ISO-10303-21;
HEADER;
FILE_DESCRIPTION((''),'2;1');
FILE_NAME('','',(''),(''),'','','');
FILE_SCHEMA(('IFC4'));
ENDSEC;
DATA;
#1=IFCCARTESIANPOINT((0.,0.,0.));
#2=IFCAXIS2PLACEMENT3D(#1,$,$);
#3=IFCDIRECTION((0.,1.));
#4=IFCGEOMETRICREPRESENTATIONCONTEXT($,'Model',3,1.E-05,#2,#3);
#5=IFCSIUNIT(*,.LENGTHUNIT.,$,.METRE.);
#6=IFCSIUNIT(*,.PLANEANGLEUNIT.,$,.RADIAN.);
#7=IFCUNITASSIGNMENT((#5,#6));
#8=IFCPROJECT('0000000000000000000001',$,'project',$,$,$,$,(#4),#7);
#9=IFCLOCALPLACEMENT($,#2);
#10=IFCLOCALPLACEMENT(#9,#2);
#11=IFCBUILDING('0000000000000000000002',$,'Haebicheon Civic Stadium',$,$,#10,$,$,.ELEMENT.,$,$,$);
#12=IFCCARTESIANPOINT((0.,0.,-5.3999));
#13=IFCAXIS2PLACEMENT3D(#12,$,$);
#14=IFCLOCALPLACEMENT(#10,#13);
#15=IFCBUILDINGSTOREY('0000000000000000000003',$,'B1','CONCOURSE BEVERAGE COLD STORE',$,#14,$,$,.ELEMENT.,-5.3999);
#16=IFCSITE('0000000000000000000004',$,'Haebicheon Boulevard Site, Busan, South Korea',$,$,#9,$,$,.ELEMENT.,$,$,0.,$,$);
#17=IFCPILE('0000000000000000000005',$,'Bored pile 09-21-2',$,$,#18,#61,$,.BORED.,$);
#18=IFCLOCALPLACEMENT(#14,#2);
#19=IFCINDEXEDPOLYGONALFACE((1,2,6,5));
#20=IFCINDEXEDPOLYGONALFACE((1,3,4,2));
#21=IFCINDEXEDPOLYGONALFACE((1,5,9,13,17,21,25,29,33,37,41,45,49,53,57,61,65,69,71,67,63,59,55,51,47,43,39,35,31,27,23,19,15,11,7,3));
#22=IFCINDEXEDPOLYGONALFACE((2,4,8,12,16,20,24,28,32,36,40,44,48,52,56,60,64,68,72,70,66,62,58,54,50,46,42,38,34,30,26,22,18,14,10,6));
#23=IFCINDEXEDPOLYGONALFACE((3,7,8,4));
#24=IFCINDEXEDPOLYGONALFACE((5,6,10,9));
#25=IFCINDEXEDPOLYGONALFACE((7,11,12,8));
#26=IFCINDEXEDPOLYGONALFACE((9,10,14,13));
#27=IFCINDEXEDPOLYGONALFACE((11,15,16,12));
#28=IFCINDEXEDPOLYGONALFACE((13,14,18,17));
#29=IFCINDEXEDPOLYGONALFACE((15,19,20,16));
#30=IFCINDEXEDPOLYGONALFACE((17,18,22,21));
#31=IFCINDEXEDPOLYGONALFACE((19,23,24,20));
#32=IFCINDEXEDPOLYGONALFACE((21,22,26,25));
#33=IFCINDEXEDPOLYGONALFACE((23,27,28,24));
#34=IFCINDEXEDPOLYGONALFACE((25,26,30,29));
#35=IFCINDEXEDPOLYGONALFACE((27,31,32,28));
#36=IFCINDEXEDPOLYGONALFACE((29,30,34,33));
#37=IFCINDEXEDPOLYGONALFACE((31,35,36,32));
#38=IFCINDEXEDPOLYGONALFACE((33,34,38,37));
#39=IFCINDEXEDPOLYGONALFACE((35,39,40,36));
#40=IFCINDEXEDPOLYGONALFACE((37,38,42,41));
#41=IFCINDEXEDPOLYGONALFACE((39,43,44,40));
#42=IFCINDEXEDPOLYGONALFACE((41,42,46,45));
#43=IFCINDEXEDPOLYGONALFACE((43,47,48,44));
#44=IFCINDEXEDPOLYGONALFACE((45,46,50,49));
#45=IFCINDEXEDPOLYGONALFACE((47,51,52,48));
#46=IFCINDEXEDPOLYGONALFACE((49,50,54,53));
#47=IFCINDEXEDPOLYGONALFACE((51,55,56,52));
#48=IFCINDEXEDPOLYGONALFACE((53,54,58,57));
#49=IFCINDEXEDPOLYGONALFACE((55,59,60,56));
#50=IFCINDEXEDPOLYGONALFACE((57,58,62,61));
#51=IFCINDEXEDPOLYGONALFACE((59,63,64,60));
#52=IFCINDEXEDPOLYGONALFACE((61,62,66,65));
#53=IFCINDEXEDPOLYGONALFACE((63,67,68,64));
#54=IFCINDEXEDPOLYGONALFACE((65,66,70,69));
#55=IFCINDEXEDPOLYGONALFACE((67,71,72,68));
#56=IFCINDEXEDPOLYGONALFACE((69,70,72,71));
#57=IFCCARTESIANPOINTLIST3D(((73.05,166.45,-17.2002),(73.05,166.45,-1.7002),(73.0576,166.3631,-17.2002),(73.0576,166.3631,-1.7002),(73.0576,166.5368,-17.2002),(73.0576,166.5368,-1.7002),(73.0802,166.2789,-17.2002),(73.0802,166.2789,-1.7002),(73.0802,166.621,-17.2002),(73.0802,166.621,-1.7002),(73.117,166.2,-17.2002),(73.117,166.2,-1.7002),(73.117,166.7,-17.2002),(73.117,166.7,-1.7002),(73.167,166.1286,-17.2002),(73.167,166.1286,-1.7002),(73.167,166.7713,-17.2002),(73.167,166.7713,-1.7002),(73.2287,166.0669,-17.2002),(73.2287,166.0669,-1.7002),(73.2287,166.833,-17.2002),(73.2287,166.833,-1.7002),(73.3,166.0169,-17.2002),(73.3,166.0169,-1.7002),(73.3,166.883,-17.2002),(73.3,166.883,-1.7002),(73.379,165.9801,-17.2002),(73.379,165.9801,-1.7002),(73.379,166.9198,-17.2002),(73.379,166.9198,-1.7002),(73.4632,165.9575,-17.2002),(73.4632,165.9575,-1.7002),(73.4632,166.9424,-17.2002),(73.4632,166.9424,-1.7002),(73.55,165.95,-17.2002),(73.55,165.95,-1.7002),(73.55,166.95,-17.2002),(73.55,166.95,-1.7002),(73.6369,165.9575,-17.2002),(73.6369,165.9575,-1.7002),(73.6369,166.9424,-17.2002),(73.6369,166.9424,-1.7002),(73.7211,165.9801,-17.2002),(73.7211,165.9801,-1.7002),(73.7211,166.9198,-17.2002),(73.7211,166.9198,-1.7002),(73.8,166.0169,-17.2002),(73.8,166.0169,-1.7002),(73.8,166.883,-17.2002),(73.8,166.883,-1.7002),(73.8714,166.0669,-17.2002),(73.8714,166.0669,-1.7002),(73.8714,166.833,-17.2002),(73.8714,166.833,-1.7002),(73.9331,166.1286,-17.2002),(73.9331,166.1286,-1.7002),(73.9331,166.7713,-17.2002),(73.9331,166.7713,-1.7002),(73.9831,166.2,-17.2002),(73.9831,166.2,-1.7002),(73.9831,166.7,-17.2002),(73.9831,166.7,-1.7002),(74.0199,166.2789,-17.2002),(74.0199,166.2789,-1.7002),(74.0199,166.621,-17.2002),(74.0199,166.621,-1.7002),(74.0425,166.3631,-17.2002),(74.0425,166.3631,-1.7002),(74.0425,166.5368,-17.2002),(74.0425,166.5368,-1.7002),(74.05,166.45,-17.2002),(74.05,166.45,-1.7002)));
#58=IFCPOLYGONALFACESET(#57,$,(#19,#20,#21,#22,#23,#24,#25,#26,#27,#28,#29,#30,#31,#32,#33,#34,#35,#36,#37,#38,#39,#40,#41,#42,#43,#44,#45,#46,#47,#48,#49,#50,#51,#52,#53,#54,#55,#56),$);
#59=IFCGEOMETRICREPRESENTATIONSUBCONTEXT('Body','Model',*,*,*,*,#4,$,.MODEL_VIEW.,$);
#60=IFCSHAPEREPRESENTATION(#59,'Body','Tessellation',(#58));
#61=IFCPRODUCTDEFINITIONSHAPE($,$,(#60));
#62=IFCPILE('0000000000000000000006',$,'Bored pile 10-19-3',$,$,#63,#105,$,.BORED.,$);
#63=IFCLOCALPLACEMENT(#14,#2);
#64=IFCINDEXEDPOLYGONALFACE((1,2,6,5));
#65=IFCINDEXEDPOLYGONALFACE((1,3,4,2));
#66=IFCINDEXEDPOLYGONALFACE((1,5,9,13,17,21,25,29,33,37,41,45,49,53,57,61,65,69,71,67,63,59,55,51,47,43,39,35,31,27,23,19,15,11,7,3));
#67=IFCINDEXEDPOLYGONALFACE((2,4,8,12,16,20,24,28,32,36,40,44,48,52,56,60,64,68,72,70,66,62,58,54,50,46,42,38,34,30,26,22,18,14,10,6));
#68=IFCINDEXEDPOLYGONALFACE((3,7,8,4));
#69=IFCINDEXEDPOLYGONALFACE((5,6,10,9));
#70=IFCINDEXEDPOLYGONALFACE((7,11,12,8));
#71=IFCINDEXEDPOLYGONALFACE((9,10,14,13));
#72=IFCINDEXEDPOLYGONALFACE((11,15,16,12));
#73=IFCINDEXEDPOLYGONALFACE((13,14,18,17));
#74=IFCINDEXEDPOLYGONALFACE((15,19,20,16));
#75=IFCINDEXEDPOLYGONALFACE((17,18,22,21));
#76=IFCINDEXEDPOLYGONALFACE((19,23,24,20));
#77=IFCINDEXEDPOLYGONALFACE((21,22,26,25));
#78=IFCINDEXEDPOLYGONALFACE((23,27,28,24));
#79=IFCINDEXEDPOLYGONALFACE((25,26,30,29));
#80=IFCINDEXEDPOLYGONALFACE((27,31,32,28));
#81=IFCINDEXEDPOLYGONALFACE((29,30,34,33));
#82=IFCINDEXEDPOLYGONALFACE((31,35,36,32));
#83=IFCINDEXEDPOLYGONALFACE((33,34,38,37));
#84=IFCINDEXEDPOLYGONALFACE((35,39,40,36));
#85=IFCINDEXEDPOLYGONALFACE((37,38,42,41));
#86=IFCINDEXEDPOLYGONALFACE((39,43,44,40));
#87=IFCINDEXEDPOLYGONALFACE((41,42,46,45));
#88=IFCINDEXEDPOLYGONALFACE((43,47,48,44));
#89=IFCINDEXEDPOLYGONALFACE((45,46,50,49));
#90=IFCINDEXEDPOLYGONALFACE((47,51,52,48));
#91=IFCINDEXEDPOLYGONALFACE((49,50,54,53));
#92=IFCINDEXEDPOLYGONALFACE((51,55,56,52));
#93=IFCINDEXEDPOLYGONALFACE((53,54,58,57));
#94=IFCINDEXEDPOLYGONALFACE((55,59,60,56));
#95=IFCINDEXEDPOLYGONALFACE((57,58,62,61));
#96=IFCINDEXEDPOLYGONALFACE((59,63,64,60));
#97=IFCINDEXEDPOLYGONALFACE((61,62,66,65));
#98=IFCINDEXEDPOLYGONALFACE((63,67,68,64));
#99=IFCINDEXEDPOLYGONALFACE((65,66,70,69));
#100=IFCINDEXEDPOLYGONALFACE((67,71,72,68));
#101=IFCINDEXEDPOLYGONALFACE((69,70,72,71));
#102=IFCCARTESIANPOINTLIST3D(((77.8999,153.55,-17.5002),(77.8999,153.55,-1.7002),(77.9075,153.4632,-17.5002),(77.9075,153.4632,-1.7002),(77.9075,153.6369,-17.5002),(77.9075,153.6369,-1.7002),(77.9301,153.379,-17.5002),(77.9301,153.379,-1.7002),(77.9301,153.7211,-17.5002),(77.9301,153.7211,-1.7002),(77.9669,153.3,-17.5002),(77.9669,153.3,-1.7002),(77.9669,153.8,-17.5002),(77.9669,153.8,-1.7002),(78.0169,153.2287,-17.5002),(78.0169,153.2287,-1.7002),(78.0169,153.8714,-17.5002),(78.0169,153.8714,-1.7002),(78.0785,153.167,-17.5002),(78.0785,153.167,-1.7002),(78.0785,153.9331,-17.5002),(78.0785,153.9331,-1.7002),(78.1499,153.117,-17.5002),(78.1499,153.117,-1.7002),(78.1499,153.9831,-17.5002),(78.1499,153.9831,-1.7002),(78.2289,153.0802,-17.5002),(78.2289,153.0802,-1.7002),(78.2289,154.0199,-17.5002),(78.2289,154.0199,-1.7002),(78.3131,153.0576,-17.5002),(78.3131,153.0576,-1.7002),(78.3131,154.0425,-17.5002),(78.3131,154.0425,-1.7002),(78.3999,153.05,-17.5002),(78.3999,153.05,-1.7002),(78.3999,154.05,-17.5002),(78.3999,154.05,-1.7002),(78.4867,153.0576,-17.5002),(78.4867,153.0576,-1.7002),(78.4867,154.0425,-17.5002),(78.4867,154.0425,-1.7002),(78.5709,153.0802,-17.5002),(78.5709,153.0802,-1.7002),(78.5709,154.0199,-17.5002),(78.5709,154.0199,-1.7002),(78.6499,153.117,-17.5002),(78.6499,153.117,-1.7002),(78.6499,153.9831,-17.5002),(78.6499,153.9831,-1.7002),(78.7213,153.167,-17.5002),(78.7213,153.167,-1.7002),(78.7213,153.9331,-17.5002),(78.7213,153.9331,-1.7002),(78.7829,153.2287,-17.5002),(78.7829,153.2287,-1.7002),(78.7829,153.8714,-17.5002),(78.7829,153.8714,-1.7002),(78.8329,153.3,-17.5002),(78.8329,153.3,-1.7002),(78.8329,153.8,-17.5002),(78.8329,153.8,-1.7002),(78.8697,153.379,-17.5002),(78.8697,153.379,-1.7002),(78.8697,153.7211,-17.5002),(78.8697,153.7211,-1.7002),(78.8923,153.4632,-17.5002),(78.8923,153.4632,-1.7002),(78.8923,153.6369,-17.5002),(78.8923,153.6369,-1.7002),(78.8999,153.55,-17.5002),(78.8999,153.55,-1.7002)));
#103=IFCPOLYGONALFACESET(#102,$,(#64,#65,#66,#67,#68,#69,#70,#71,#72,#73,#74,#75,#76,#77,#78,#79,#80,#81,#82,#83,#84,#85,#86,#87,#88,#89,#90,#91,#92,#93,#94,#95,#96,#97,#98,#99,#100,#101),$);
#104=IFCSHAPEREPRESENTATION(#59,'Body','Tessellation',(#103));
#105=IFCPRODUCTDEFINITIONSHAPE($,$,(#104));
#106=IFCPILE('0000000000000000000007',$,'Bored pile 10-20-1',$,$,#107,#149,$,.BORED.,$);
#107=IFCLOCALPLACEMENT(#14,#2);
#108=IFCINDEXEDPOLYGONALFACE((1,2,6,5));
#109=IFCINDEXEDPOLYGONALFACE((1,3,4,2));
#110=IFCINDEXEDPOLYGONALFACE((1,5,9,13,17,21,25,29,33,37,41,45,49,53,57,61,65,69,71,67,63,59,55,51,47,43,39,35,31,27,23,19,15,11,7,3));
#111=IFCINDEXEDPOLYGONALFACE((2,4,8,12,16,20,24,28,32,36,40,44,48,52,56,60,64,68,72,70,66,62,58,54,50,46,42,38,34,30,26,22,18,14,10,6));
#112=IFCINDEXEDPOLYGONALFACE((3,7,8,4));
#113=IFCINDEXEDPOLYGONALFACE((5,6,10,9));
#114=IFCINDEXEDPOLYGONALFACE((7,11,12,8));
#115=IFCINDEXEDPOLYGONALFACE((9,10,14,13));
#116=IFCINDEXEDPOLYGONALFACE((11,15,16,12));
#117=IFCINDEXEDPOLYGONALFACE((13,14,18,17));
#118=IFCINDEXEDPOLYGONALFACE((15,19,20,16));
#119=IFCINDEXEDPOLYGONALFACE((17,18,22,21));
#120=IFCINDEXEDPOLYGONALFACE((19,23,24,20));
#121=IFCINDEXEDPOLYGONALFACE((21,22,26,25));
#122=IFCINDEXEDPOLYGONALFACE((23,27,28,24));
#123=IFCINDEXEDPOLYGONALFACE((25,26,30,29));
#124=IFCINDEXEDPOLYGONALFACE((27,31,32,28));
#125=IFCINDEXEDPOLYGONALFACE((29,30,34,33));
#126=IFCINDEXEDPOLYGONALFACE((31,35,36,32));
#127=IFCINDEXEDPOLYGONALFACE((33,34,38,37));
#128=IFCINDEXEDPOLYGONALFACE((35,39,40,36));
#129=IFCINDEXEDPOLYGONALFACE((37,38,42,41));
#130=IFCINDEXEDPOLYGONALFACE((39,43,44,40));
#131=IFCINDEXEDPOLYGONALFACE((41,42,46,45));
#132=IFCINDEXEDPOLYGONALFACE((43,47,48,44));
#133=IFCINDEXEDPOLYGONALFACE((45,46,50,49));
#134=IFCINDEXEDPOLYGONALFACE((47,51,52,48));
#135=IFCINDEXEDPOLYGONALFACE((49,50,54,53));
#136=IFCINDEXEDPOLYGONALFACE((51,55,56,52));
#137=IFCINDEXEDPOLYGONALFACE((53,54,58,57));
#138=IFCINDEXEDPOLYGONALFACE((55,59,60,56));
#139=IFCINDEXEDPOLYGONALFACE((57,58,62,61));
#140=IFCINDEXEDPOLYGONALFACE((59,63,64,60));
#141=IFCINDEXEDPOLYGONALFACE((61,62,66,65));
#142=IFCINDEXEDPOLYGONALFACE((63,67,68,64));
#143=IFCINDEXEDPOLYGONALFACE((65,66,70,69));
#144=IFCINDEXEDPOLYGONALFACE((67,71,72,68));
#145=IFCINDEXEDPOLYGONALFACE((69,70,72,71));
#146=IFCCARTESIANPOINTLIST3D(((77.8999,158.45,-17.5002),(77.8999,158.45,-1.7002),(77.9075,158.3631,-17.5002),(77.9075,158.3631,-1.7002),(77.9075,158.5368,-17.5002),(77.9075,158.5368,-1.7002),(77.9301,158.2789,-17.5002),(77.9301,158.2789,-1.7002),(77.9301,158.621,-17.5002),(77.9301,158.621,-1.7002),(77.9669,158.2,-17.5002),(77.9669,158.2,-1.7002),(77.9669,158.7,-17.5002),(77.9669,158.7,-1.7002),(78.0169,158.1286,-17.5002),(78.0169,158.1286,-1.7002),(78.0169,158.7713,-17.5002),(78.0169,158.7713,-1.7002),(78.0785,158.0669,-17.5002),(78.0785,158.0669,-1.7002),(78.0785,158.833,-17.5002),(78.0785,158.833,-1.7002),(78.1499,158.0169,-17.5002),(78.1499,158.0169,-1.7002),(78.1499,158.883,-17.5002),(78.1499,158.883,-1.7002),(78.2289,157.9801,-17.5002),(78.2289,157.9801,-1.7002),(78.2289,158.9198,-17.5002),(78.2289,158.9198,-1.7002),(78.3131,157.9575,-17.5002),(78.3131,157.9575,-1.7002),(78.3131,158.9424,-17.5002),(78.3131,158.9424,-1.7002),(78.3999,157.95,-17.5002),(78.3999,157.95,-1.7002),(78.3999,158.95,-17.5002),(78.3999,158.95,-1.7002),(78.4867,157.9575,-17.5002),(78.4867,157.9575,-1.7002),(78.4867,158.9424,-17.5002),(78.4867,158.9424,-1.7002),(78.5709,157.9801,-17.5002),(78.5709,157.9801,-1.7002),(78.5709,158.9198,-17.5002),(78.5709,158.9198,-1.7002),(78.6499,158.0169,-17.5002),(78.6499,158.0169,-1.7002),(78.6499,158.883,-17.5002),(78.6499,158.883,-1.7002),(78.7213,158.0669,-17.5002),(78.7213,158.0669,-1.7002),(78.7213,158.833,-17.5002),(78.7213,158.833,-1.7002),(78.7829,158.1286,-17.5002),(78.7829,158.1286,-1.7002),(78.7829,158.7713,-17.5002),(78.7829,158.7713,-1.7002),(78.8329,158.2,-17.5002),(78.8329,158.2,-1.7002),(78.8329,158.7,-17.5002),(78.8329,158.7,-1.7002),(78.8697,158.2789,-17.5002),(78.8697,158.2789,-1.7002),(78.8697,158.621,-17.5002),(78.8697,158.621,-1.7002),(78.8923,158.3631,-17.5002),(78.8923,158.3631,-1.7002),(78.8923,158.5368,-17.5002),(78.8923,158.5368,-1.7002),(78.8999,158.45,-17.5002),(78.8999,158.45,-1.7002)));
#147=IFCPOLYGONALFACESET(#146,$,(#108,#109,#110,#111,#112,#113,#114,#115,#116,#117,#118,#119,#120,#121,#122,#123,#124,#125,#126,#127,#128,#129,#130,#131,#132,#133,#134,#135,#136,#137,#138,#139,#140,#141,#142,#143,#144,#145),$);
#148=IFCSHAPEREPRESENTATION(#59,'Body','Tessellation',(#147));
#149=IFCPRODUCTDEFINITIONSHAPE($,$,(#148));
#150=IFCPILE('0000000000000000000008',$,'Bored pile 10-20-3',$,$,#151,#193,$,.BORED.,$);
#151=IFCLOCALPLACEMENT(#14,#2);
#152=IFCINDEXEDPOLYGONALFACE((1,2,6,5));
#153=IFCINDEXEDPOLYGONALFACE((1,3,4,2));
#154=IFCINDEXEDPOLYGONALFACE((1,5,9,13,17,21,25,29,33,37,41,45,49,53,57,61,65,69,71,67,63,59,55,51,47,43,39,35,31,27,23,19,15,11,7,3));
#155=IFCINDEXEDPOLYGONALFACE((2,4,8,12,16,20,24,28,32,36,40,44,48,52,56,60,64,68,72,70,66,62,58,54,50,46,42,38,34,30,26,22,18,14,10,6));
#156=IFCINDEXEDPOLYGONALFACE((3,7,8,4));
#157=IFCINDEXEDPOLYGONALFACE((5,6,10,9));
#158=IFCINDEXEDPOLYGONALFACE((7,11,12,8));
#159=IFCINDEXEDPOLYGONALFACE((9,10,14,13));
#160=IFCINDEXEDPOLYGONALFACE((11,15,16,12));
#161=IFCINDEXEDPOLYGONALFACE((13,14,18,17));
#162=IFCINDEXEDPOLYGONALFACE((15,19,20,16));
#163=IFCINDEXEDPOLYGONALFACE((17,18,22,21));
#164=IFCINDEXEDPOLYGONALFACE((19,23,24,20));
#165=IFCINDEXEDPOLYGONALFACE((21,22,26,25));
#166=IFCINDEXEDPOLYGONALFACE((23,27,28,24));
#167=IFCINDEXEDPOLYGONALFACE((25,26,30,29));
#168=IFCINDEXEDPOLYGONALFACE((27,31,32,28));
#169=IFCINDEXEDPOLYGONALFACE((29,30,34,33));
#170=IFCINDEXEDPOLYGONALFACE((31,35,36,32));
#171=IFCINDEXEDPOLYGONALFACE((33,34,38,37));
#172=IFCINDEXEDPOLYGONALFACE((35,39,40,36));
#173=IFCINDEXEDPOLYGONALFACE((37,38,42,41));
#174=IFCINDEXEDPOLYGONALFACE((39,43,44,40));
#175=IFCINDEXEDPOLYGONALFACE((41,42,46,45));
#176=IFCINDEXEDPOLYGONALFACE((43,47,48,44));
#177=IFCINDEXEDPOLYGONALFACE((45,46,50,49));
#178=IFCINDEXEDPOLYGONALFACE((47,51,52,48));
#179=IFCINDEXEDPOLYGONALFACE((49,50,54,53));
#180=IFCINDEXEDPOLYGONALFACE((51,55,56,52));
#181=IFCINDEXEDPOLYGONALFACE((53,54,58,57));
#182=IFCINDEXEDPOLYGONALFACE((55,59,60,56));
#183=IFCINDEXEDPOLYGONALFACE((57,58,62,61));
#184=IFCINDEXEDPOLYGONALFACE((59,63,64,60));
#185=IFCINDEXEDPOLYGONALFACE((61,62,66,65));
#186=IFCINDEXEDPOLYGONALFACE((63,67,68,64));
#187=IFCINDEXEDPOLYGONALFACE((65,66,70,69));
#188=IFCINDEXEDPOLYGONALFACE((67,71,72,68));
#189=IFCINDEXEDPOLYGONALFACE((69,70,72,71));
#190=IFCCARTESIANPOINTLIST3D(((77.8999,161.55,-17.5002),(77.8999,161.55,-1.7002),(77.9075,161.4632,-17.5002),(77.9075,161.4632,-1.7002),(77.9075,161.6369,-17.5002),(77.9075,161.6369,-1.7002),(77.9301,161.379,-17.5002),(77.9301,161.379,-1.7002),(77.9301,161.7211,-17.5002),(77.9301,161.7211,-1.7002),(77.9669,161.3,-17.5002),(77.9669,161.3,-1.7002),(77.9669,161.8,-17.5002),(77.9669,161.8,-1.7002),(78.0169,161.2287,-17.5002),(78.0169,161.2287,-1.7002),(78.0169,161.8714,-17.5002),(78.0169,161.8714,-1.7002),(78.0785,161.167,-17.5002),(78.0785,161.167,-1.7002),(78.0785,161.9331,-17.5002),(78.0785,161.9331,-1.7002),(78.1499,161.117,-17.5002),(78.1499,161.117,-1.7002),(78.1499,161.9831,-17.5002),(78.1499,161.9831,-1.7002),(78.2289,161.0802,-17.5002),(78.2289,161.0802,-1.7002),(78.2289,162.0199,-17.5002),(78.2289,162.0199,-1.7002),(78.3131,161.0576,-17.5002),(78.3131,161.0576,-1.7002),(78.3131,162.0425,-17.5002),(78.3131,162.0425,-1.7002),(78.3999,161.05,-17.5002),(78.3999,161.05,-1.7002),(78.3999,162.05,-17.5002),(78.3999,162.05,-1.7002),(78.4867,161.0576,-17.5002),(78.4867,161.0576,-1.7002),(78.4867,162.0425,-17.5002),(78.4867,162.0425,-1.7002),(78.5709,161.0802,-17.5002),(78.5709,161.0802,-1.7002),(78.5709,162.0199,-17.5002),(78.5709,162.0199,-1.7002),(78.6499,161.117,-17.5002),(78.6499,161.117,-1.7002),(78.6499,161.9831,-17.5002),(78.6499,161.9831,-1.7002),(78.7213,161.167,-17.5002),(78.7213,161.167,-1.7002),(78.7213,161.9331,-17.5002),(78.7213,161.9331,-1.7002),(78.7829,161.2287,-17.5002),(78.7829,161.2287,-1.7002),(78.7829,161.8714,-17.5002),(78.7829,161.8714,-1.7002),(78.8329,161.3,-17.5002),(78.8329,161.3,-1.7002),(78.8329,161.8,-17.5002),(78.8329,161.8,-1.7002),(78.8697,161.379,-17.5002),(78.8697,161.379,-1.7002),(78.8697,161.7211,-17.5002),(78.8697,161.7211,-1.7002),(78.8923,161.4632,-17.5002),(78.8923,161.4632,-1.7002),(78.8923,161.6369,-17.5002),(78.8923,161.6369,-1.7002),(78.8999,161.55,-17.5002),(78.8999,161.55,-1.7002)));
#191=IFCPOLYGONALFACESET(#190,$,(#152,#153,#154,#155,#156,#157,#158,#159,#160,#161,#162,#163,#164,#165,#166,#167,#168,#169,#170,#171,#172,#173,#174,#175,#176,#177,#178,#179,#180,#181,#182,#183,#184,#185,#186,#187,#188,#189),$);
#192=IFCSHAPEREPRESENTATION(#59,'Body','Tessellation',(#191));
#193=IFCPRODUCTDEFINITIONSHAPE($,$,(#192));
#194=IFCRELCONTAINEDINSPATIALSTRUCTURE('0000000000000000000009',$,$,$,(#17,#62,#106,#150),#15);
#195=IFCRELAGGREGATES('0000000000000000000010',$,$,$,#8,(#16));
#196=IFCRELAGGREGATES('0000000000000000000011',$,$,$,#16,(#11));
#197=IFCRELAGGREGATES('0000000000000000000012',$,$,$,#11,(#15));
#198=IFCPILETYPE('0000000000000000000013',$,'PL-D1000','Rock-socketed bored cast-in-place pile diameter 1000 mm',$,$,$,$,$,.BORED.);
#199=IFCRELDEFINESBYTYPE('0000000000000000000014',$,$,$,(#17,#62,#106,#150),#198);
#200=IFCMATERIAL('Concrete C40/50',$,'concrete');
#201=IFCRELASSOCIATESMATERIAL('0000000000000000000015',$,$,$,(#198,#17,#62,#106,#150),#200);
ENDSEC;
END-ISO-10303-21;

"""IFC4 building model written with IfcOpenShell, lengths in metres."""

from ifc_helpers import new_model, si_unit, direction, frame, origin, origin_2d, place, context, subcontext, project, spatial, circle, extrude, material, material_profile, profile_set, type_object, element, save


model = new_model("IFC4")

# Units and contexts
model_context = context("Model", 3, precision=1e-05, world=origin(), true_north=direction((0.0, 1.0)))
body_context = subcontext(model_context, "Body", "Model", "MODEL_VIEW")
ifc_project = project(units=[si_unit("LENGTHUNIT", "METRE"), si_unit("PLANEANGLEUNIT", "RADIAN")], contexts=[model_context])

# Site, building, storey
site_placement = place(None, origin())
site = spatial("IfcSite", under=ifc_project, at=site_placement, Name="Haebicheon Boulevard Site, Busan, South Korea", CompositionType="ELEMENT", RefElevation=0.0)
building_placement = place(site_placement, origin())
building = spatial("IfcBuilding", under=site, at=building_placement, Name="Haebicheon Civic Stadium", CompositionType="ELEMENT")
storey_placement = place(building_placement, frame((0.0, 0.0, -5.3999)))
storey = spatial("IfcBuildingStorey", under=building, at=storey_placement, Name="B1", Description="CONCOURSE BEVERAGE COLD STORE", CompositionType="ELEMENT", Elevation=-5.3999)

# Piles
ifc_material_1 = material(Name="Concrete C40/50", Category="concrete")
ifc_material_profile_1 = material_profile(ifc_material_1, circle(Radius=0.5, at=origin_2d()), Name="PILE-D1000")
ifc_profile_set_1 = profile_set([ifc_material_profile_1], Name="Concrete C40/50")
pile_type = type_object("IfcPileType", Name="PL-D1000", Description="Rock-socketed bored cast-in-place pile diameter 1000 mm", PredefinedType="BORED", material=ifc_profile_set_1)
for number, where, z_axis, x_axis, name in (
    (1, (73.55, 166.45, -1.7002), (0.0, 0.0, -1.0), (1.0, 0.0, 0.0), "Bored pile 09-21-2"),
):
    element("IfcPile", number, at=place(storey_placement, frame(where, z_axis=z_axis, x_axis=x_axis)), inside=storey, type_object=pile_type, material=ifc_profile_set_1, Name=name, PredefinedType="BORED", context=body_context, shape_type="SweptSolid", body=[
        extrude(circle(Radius=0.5, at=origin_2d()), origin(), (0.0, 0.0, 1.0), 15.5),
    ])
for number, where, z_axis, x_axis, name in (
    (2, (78.3999, 153.55, -1.7002), (0.0, 0.0, -1.0), (1.0, 0.0, 0.0), "Bored pile 10-19-3"),
    (3, (78.3999, 158.45, -1.7002), (0.0, 0.0, -1.0), (1.0, 0.0, 0.0), "Bored pile 10-20-1"),
    (4, (78.3999, 161.55, -1.7002), (0.0, 0.0, -1.0), (1.0, 0.0, 0.0), "Bored pile 10-20-3"),
):
    element("IfcPile", number, at=place(storey_placement, frame(where, z_axis=z_axis, x_axis=x_axis)), inside=storey, type_object=pile_type, material=ifc_profile_set_1, Name=name, PredefinedType="BORED", context=body_context, shape_type="SweptSolid", body=[
        extrude(circle(Radius=0.5, at=origin_2d()), origin(), (0.0, 0.0, 1.0), 15.8),
    ])

save(model, "model.ifc")
